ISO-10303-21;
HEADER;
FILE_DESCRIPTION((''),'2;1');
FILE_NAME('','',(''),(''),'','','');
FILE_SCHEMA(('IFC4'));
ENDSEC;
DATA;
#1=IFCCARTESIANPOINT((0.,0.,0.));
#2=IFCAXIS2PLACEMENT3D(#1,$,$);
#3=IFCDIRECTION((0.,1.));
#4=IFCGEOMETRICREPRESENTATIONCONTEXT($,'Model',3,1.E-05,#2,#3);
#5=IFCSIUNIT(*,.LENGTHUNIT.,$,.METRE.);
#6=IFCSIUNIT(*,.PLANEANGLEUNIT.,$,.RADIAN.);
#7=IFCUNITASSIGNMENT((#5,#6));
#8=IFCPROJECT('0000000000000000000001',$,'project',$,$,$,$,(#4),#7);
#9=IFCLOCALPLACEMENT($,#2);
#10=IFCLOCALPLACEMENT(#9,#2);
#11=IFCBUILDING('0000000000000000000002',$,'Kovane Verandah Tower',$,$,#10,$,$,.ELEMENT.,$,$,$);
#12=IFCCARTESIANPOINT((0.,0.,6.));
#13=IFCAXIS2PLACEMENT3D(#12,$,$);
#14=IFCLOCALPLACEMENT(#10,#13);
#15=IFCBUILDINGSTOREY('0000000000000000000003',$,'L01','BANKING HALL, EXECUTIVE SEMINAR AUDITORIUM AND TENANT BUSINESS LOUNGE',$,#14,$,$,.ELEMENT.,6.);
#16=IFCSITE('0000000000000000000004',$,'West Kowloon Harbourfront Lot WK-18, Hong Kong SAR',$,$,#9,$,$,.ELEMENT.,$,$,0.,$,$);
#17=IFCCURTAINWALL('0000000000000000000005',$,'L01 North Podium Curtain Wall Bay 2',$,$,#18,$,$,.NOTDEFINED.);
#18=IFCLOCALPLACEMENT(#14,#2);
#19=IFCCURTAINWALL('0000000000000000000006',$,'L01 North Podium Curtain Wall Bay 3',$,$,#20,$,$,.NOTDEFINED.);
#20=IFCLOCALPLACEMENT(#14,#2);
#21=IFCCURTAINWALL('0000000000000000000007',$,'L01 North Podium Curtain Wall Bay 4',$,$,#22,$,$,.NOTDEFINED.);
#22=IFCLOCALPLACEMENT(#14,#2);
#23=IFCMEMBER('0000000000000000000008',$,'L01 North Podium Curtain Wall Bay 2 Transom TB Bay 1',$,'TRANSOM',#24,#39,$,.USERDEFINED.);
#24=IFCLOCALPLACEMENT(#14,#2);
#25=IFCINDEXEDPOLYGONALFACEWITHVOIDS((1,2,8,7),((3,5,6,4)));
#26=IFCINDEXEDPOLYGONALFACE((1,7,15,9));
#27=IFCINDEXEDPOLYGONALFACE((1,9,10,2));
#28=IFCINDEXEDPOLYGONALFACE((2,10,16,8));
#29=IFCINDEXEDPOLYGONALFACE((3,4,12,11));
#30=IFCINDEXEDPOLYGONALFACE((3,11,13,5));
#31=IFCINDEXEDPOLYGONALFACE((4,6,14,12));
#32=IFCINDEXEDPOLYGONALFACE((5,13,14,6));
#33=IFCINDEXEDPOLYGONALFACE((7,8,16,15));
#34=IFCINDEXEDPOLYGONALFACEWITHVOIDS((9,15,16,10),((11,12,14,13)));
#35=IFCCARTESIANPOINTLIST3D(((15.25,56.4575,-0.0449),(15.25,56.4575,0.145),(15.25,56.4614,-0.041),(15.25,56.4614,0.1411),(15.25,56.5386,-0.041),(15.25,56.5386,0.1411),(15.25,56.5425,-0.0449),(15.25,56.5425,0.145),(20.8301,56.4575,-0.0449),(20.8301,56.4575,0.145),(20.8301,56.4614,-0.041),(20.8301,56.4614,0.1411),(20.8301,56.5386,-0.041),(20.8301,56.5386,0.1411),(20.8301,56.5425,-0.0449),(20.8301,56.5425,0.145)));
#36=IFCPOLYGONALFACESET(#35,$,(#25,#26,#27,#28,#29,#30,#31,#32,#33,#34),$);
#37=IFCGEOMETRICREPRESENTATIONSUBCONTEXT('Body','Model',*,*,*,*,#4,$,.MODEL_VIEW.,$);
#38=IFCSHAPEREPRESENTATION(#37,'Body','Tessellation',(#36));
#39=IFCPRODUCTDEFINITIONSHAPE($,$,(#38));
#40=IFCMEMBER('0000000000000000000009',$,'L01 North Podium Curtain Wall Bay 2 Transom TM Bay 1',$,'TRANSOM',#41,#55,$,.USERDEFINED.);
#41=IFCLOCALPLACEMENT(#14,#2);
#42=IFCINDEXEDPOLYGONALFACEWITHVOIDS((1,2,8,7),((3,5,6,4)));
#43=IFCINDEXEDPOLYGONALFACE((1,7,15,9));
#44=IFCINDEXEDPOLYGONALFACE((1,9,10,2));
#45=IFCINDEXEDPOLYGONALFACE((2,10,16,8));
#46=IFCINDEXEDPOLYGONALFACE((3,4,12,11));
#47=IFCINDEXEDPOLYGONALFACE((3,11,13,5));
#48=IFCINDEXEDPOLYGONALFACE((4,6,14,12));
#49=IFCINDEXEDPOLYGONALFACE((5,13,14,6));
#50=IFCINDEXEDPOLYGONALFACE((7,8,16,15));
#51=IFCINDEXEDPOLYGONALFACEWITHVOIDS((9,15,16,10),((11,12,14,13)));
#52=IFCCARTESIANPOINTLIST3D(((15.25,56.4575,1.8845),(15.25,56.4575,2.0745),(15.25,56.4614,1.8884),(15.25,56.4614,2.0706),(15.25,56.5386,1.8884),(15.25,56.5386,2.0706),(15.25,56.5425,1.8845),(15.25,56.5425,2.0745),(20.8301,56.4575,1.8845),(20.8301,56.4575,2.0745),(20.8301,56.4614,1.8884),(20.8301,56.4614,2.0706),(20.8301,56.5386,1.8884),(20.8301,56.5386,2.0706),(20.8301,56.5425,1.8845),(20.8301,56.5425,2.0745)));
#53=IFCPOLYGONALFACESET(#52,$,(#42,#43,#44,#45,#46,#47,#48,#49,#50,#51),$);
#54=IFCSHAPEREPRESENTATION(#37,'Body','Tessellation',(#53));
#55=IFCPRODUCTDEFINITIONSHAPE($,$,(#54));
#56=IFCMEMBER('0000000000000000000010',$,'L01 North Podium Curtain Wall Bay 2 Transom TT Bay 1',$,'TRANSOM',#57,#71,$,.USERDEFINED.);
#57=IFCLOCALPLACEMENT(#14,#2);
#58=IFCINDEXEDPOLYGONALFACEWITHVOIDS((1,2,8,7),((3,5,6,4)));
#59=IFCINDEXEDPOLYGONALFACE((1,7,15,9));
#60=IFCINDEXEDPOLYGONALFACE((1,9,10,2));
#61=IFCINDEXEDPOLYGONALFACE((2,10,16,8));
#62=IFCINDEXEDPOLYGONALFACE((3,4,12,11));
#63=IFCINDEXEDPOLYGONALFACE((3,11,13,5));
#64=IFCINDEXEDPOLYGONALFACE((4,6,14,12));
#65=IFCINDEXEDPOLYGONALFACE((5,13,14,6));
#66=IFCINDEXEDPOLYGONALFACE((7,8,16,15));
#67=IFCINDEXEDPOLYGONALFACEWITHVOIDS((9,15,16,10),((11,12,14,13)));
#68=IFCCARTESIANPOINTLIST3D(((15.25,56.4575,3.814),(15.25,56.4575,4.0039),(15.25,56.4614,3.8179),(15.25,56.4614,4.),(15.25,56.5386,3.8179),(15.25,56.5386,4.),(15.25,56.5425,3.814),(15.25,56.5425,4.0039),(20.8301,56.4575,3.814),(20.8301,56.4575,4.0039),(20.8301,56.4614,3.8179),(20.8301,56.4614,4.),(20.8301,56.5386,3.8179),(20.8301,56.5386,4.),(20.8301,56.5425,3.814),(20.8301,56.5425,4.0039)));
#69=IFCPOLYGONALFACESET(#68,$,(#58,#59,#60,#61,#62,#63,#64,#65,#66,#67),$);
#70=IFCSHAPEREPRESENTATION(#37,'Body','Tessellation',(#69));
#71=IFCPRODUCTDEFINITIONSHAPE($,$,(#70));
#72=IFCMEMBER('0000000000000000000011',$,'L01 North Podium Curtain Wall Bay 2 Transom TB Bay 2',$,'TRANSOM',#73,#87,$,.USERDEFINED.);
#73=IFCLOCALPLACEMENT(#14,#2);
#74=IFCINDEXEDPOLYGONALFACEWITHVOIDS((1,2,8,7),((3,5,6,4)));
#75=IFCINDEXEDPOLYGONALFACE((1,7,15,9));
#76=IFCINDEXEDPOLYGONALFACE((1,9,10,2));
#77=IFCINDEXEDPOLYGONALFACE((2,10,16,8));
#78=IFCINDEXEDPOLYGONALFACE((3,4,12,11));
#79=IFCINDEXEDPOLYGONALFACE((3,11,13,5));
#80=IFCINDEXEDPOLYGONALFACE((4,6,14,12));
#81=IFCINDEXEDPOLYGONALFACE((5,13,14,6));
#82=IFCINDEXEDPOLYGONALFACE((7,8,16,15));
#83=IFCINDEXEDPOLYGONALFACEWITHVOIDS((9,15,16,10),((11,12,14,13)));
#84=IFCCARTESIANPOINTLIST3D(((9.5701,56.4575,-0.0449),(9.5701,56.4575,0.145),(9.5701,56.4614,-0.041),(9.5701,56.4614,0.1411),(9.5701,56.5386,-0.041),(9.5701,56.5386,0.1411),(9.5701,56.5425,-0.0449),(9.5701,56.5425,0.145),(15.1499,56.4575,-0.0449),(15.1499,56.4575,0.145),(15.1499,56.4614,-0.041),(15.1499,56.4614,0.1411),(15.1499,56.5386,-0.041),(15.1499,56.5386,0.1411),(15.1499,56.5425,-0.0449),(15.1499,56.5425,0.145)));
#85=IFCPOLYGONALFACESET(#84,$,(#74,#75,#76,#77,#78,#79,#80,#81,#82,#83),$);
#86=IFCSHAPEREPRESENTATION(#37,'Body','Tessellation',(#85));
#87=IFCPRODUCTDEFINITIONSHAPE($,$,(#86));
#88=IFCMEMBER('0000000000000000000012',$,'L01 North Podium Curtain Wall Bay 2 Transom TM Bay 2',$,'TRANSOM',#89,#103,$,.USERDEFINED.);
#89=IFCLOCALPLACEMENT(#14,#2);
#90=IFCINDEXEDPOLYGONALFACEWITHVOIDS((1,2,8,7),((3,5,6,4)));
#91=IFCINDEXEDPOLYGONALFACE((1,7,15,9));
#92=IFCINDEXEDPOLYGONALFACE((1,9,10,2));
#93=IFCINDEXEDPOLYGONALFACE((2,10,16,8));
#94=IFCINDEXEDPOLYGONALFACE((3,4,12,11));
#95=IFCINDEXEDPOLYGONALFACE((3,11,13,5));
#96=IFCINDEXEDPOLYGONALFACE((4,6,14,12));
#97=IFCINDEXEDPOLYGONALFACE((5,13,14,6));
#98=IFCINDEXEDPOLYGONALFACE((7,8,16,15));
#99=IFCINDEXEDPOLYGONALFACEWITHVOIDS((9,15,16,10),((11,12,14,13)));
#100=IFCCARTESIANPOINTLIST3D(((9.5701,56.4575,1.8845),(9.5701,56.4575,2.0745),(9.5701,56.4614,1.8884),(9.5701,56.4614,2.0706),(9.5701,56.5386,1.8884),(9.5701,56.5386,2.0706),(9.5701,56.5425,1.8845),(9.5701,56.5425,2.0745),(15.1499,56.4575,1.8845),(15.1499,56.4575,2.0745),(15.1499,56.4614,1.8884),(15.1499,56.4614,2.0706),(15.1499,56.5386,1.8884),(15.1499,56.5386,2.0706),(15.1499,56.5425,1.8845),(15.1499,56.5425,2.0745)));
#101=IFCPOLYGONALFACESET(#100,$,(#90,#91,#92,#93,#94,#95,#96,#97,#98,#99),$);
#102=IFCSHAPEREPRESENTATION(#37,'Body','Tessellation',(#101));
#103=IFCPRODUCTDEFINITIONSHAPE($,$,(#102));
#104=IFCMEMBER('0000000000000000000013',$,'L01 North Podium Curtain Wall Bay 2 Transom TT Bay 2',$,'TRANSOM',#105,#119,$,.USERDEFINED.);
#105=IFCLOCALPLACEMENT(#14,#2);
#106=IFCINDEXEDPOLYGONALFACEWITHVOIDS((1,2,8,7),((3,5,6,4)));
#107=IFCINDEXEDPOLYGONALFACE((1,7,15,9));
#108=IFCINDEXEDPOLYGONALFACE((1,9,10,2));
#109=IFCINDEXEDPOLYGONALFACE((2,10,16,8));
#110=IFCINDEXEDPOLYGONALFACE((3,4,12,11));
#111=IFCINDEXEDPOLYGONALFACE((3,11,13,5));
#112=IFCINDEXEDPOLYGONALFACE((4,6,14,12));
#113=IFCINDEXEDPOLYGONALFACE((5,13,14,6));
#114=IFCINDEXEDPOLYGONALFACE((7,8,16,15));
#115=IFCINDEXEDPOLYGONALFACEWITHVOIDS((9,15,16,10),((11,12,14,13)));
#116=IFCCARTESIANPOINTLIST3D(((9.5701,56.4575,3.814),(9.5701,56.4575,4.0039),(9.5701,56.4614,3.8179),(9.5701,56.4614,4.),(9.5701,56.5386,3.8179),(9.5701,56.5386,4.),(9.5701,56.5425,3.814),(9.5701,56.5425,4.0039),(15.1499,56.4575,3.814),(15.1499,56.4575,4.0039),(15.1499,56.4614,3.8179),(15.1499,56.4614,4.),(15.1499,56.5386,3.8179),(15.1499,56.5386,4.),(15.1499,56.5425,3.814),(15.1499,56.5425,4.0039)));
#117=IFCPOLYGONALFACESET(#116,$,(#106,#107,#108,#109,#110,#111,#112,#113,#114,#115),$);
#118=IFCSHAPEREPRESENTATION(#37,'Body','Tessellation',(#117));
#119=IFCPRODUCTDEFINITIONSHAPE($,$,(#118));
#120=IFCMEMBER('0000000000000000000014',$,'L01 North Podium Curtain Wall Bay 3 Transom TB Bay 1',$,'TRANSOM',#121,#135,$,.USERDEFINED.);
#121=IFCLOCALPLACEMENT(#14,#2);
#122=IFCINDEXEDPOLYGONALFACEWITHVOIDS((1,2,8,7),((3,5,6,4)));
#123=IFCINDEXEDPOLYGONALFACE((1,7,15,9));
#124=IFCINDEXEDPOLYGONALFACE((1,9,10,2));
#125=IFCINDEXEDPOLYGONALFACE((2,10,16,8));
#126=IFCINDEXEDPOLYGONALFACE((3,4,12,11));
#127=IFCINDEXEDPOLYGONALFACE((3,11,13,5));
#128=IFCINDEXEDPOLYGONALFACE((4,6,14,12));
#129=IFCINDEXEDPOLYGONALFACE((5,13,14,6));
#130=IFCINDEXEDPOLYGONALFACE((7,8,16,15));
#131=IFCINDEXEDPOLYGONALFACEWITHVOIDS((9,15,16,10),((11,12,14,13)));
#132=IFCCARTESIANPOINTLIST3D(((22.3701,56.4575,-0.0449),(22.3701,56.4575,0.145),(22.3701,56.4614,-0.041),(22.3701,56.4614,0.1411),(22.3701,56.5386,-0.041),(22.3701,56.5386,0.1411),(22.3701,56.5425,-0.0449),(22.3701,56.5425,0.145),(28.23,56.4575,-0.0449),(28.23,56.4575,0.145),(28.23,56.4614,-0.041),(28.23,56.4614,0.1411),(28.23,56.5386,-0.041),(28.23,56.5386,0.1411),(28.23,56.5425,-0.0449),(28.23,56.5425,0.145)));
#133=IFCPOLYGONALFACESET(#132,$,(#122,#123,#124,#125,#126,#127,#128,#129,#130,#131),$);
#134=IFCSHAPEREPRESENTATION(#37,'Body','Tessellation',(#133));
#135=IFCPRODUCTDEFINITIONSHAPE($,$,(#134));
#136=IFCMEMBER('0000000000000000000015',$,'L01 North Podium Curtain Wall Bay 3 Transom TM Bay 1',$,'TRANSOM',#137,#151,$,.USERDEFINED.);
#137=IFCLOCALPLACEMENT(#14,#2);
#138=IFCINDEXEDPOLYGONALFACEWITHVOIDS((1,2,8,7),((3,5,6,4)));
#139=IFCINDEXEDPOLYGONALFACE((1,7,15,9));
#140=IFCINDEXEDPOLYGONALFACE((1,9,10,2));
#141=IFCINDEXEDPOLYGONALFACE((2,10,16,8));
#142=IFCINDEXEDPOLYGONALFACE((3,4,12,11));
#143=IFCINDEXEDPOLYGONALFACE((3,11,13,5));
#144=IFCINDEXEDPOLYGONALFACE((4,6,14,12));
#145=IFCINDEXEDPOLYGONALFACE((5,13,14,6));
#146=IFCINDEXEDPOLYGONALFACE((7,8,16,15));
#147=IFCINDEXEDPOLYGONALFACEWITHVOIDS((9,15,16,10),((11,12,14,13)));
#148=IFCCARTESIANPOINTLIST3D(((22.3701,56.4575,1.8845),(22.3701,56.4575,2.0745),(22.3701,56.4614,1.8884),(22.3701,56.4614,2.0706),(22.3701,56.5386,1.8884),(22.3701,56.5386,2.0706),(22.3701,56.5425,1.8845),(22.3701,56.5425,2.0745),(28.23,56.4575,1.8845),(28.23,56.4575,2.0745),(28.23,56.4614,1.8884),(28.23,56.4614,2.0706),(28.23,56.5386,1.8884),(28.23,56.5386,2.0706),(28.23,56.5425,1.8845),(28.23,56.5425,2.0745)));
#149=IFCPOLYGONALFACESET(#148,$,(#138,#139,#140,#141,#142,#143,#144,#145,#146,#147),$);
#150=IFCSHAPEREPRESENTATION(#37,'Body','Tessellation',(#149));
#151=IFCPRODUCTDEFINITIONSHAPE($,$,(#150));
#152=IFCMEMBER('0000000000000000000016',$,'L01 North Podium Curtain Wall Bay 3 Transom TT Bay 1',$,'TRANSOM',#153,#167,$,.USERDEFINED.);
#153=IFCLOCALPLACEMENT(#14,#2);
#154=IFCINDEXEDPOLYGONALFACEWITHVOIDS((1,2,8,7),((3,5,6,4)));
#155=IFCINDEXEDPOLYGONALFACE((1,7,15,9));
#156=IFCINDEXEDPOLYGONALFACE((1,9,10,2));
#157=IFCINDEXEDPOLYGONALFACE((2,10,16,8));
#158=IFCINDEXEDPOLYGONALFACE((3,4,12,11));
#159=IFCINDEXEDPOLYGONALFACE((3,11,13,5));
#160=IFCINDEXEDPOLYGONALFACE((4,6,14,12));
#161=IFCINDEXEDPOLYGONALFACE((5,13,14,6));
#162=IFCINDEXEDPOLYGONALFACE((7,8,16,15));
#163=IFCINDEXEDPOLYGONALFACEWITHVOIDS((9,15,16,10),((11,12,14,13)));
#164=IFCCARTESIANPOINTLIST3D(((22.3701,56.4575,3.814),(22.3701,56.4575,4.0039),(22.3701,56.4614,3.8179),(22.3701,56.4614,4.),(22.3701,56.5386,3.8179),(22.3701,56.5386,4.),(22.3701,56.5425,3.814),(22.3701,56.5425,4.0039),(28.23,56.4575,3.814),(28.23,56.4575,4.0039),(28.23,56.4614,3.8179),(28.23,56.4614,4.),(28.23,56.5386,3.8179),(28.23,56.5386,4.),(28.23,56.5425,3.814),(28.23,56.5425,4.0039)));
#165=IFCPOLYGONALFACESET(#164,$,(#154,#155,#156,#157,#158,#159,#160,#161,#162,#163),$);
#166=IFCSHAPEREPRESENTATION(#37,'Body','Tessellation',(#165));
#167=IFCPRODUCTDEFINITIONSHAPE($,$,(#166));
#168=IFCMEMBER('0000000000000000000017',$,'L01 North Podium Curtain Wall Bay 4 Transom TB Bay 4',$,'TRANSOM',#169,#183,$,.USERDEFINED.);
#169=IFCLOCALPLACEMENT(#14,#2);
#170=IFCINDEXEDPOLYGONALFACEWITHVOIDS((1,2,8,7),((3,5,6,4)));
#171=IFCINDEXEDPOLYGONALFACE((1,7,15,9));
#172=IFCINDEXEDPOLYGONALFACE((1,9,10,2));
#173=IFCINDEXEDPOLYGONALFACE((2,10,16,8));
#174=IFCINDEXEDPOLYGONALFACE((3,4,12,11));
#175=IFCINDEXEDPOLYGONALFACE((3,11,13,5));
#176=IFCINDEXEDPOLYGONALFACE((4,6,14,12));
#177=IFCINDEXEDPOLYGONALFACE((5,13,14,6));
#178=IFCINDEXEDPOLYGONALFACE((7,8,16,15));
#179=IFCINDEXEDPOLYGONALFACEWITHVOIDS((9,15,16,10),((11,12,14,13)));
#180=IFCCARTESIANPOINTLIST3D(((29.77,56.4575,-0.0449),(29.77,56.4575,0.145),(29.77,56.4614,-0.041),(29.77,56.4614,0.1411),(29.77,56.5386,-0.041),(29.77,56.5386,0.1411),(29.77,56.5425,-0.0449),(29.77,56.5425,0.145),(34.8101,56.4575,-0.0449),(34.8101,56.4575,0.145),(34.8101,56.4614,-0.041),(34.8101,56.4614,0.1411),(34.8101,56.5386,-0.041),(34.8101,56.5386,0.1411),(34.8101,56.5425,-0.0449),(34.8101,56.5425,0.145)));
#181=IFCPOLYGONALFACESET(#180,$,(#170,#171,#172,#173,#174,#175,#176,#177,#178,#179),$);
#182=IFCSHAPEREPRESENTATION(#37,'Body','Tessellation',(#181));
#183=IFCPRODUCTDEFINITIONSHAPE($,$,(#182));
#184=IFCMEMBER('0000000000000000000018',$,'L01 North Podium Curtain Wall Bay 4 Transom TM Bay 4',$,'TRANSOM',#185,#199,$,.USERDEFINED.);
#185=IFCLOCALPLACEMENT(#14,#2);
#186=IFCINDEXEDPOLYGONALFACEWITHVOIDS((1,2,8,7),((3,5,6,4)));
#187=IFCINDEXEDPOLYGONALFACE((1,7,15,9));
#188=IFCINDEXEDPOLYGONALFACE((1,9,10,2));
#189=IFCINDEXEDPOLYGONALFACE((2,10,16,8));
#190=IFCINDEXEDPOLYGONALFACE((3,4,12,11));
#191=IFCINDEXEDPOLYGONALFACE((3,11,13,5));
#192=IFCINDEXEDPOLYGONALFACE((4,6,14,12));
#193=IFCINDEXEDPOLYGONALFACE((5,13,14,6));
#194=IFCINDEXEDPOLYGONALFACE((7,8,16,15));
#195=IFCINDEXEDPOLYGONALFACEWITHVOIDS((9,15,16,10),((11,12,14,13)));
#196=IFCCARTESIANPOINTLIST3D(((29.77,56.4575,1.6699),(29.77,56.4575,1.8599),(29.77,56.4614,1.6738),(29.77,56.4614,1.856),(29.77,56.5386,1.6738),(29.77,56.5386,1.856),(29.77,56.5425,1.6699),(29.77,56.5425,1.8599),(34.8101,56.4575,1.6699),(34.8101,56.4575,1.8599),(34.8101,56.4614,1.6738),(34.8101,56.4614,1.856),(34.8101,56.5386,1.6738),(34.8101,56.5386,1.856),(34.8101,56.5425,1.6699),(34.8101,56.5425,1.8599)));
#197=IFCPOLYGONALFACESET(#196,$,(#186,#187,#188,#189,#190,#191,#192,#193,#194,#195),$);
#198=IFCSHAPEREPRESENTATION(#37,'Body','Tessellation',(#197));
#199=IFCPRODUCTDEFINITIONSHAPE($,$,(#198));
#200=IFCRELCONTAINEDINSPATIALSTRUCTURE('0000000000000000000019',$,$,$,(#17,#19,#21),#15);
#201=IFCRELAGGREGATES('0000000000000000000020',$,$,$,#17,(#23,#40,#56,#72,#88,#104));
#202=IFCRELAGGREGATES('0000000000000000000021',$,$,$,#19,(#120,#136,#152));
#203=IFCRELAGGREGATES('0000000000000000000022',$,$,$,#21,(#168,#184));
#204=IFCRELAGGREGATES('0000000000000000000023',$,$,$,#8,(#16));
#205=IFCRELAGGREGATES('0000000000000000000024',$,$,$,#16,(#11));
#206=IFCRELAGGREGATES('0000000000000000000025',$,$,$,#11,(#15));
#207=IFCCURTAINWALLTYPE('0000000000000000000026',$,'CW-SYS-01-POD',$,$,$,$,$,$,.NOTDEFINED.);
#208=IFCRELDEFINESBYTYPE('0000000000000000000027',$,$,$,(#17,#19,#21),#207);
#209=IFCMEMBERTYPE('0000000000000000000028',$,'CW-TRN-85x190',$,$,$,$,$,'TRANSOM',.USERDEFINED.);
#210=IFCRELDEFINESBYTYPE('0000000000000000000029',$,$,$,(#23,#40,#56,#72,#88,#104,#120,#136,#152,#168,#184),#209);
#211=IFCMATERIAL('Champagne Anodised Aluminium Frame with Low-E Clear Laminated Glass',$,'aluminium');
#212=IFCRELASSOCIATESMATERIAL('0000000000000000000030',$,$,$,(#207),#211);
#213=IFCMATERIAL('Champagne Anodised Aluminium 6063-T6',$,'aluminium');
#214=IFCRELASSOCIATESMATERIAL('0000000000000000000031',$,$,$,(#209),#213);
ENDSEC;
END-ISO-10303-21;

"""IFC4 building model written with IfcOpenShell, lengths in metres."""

from ifc_helpers import new_model, si_unit, direction, frame, origin, origin_2d, place, context, subcontext, project, spatial, hollow_rectangle, extrude, material, material_profile, profile_set, type_object, element, aggregate, save


model = new_model("IFC4")

# Units and contexts
model_context = context("Model", 3, precision=1e-05, world=origin(), true_north=direction((0.0, 1.0)))
body_context = subcontext(model_context, "Body", "Model", "MODEL_VIEW")
ifc_project = project(units=[si_unit("LENGTHUNIT", "METRE"), si_unit("PLANEANGLEUNIT", "RADIAN")], contexts=[model_context])

# Site, building, storey
site_placement = place(None, origin())
site = spatial("IfcSite", under=ifc_project, at=site_placement, Name="West Kowloon Harbourfront Lot WK-18, Hong Kong SAR", CompositionType="ELEMENT", RefElevation=0.0)
building_placement = place(site_placement, origin())
building = spatial("IfcBuilding", under=site, at=building_placement, Name="Kovane Verandah Tower", CompositionType="ELEMENT")
storey_placement = place(building_placement, frame((0.0, 0.0, 6.0)))
storey = spatial("IfcBuildingStorey", under=building, at=storey_placement, Name="L01", Description="BANKING HALL, EXECUTIVE SEMINAR AUDITORIUM AND TENANT BUSINESS LOUNGE", CompositionType="ELEMENT", Elevation=6.0)

# Curtain walls
ifc_material_1 = material(Name="Champagne Anodised Aluminium Frame with Low-E Clear Laminated Glass", Category="aluminium")
curtain_wall_type = type_object("IfcCurtainWallType", Name="CW-SYS-01-POD", PredefinedType="NOTDEFINED", material=ifc_material_1)
curtain_wall_1_placement = place(storey_placement, origin())
curtain_wall_1 = element("IfcCurtainWall", 1, at=curtain_wall_1_placement, inside=storey, type_object=curtain_wall_type, Name="L01 North Podium Curtain Wall Bay 2", PredefinedType="NOTDEFINED")
ifc_material_2 = material(Name="Champagne Anodised Aluminium 6063-T6", Category="aluminium")
curtain_wall_2_placement = place(storey_placement, origin())
curtain_wall_2 = element("IfcCurtainWall", 2, at=curtain_wall_2_placement, inside=storey, type_object=curtain_wall_type, Name="L01 North Podium Curtain Wall Bay 3", PredefinedType="NOTDEFINED")
curtain_wall_3_placement = place(storey_placement, origin())
curtain_wall_3 = element("IfcCurtainWall", 3, at=curtain_wall_3_placement, inside=storey, type_object=curtain_wall_type, Name="L01 North Podium Curtain Wall Bay 4", PredefinedType="NOTDEFINED")

# Members
ifc_material_profile_1 = material_profile(ifc_material_2, hollow_rectangle(XDim=0.085, YDim=0.1899, WallThickness=0.0039, at=origin_2d()), Name="AL85x190x4")
ifc_profile_set_1 = profile_set([ifc_material_profile_1], Name="Champagne Anodised Aluminium 6063-T6")
member_type_1 = type_object("IfcMemberType", Name="CW-TRN-85x190", ElementType="TRANSOM", PredefinedType="USERDEFINED", material=ifc_profile_set_1)
member_1_placement = place(storey_placement, frame((20.8301, 56.5, 0.05), z_axis=(-1.0, 0.0, 0.0), x_axis=(0.0, -1.0, 0.0)))
member_1 = element("IfcMember", 4, at=member_1_placement, type_object=member_type_1, Name="L01 North Podium Curtain Wall Bay 2 Transom TB Bay 1", ObjectType="TRANSOM", PredefinedType="USERDEFINED", context=body_context, shape_type="SweptSolid", body=[
    extrude(hollow_rectangle(XDim=0.085, YDim=0.1899, WallThickness=0.0039, at=origin_2d()), origin(), (0.0, 0.0, 1.0), 5.5801),
])
member_2_placement = place(storey_placement, frame((20.8301, 56.5, 1.9795), z_axis=(-1.0, 0.0, 0.0), x_axis=(0.0, -1.0, 0.0)))
member_2 = element("IfcMember", 5, at=member_2_placement, type_object=member_type_1, Name="L01 North Podium Curtain Wall Bay 2 Transom TM Bay 1", ObjectType="TRANSOM", PredefinedType="USERDEFINED", context=body_context, shape_type="SweptSolid", body=[
    extrude(hollow_rectangle(XDim=0.085, YDim=0.1899, WallThickness=0.0039, at=origin_2d()), origin(), (0.0, 0.0, 1.0), 5.5801),
])
member_3_placement = place(storey_placement, frame((20.8301, 56.5, 3.9089), z_axis=(-1.0, 0.0, 0.0), x_axis=(0.0, -1.0, 0.0)))
member_3 = element("IfcMember", 6, at=member_3_placement, type_object=member_type_1, Name="L01 North Podium Curtain Wall Bay 2 Transom TT Bay 1", ObjectType="TRANSOM", PredefinedType="USERDEFINED", context=body_context, shape_type="SweptSolid", body=[
    extrude(hollow_rectangle(XDim=0.085, YDim=0.1899, WallThickness=0.0039, at=origin_2d()), origin(), (0.0, 0.0, 1.0), 5.5801),
])
member_4_placement = place(storey_placement, frame((15.1499, 56.5, 0.05), z_axis=(-1.0, 0.0, 0.0), x_axis=(0.0, -1.0, 0.0)))
member_4 = element("IfcMember", 7, at=member_4_placement, type_object=member_type_1, Name="L01 North Podium Curtain Wall Bay 2 Transom TB Bay 2", ObjectType="TRANSOM", PredefinedType="USERDEFINED", context=body_context, shape_type="SweptSolid", body=[
    extrude(hollow_rectangle(XDim=0.085, YDim=0.1899, WallThickness=0.0039, at=origin_2d()), origin(), (0.0, 0.0, 1.0), 5.5798),
])
member_5_placement = place(storey_placement, frame((15.1499, 56.5, 1.9795), z_axis=(-1.0, 0.0, 0.0), x_axis=(0.0, -1.0, 0.0)))
member_5 = element("IfcMember", 8, at=member_5_placement, type_object=member_type_1, Name="L01 North Podium Curtain Wall Bay 2 Transom TM Bay 2", ObjectType="TRANSOM", PredefinedType="USERDEFINED", context=body_context, shape_type="SweptSolid", body=[
    extrude(hollow_rectangle(XDim=0.085, YDim=0.1899, WallThickness=0.0039, at=origin_2d()), origin(), (0.0, 0.0, 1.0), 5.5798),
])
member_6_placement = place(storey_placement, frame((15.1499, 56.5, 3.9089), z_axis=(-1.0, 0.0, 0.0), x_axis=(0.0, -1.0, 0.0)))
member_6 = element("IfcMember", 9, at=member_6_placement, type_object=member_type_1, Name="L01 North Podium Curtain Wall Bay 2 Transom TT Bay 2", ObjectType="TRANSOM", PredefinedType="USERDEFINED", context=body_context, shape_type="SweptSolid", body=[
    extrude(hollow_rectangle(XDim=0.085, YDim=0.1899, WallThickness=0.0039, at=origin_2d()), origin(), (0.0, 0.0, 1.0), 5.5798),
])
member_7_placement = place(storey_placement, frame((28.23, 56.5, 0.05), z_axis=(-1.0, 0.0, 0.0), x_axis=(0.0, -1.0, 0.0)))
member_7 = element("IfcMember", 10, at=member_7_placement, type_object=member_type_1, Name="L01 North Podium Curtain Wall Bay 3 Transom TB Bay 1", ObjectType="TRANSOM", PredefinedType="USERDEFINED", context=body_context, shape_type="SweptSolid", body=[
    extrude(hollow_rectangle(XDim=0.085, YDim=0.1899, WallThickness=0.0039, at=origin_2d()), origin(), (0.0, 0.0, 1.0), 5.8599),
])
member_8_placement = place(storey_placement, frame((28.23, 56.5, 1.9795), z_axis=(-1.0, 0.0, 0.0), x_axis=(0.0, -1.0, 0.0)))
member_8 = element("IfcMember", 11, at=member_8_placement, type_object=member_type_1, Name="L01 North Podium Curtain Wall Bay 3 Transom TM Bay 1", ObjectType="TRANSOM", PredefinedType="USERDEFINED", context=body_context, shape_type="SweptSolid", body=[
    extrude(hollow_rectangle(XDim=0.085, YDim=0.1899, WallThickness=0.0039, at=origin_2d()), origin(), (0.0, 0.0, 1.0), 5.8599),
])
member_9_placement = place(storey_placement, frame((28.23, 56.5, 3.9089), z_axis=(-1.0, 0.0, 0.0), x_axis=(0.0, -1.0, 0.0)))
member_9 = element("IfcMember", 12, at=member_9_placement, type_object=member_type_1, Name="L01 North Podium Curtain Wall Bay 3 Transom TT Bay 1", ObjectType="TRANSOM", PredefinedType="USERDEFINED", context=body_context, shape_type="SweptSolid", body=[
    extrude(hollow_rectangle(XDim=0.085, YDim=0.1899, WallThickness=0.0039, at=origin_2d()), origin(), (0.0, 0.0, 1.0), 5.8599),
])
member_10_placement = place(storey_placement, frame((34.8101, 56.5, 0.05), z_axis=(-1.0, 0.0, 0.0), x_axis=(0.0, -1.0, 0.0)))
member_10 = element("IfcMember", 13, at=member_10_placement, type_object=member_type_1, Name="L01 North Podium Curtain Wall Bay 4 Transom TB Bay 4", ObjectType="TRANSOM", PredefinedType="USERDEFINED", context=body_context, shape_type="SweptSolid", body=[
    extrude(hollow_rectangle(XDim=0.085, YDim=0.1899, WallThickness=0.0039, at=origin_2d()), origin(), (0.0, 0.0, 1.0), 5.04),
])
member_11_placement = place(storey_placement, frame((34.8101, 56.5, 1.7649), z_axis=(-1.0, 0.0, 0.0), x_axis=(0.0, -1.0, 0.0)))
member_11 = element("IfcMember", 14, at=member_11_placement, type_object=member_type_1, Name="L01 North Podium Curtain Wall Bay 4 Transom TM Bay 4", ObjectType="TRANSOM", PredefinedType="USERDEFINED", context=body_context, shape_type="SweptSolid", body=[
    extrude(hollow_rectangle(XDim=0.085, YDim=0.1899, WallThickness=0.0039, at=origin_2d()), origin(), (0.0, 0.0, 1.0), 5.04),
])

aggregate(curtain_wall_1, [member_1, member_2, member_3, member_4, member_5, member_6])
aggregate(curtain_wall_2, [member_7, member_8, member_9])
aggregate(curtain_wall_3, [member_10, member_11])

save(model, "model.ifc")
